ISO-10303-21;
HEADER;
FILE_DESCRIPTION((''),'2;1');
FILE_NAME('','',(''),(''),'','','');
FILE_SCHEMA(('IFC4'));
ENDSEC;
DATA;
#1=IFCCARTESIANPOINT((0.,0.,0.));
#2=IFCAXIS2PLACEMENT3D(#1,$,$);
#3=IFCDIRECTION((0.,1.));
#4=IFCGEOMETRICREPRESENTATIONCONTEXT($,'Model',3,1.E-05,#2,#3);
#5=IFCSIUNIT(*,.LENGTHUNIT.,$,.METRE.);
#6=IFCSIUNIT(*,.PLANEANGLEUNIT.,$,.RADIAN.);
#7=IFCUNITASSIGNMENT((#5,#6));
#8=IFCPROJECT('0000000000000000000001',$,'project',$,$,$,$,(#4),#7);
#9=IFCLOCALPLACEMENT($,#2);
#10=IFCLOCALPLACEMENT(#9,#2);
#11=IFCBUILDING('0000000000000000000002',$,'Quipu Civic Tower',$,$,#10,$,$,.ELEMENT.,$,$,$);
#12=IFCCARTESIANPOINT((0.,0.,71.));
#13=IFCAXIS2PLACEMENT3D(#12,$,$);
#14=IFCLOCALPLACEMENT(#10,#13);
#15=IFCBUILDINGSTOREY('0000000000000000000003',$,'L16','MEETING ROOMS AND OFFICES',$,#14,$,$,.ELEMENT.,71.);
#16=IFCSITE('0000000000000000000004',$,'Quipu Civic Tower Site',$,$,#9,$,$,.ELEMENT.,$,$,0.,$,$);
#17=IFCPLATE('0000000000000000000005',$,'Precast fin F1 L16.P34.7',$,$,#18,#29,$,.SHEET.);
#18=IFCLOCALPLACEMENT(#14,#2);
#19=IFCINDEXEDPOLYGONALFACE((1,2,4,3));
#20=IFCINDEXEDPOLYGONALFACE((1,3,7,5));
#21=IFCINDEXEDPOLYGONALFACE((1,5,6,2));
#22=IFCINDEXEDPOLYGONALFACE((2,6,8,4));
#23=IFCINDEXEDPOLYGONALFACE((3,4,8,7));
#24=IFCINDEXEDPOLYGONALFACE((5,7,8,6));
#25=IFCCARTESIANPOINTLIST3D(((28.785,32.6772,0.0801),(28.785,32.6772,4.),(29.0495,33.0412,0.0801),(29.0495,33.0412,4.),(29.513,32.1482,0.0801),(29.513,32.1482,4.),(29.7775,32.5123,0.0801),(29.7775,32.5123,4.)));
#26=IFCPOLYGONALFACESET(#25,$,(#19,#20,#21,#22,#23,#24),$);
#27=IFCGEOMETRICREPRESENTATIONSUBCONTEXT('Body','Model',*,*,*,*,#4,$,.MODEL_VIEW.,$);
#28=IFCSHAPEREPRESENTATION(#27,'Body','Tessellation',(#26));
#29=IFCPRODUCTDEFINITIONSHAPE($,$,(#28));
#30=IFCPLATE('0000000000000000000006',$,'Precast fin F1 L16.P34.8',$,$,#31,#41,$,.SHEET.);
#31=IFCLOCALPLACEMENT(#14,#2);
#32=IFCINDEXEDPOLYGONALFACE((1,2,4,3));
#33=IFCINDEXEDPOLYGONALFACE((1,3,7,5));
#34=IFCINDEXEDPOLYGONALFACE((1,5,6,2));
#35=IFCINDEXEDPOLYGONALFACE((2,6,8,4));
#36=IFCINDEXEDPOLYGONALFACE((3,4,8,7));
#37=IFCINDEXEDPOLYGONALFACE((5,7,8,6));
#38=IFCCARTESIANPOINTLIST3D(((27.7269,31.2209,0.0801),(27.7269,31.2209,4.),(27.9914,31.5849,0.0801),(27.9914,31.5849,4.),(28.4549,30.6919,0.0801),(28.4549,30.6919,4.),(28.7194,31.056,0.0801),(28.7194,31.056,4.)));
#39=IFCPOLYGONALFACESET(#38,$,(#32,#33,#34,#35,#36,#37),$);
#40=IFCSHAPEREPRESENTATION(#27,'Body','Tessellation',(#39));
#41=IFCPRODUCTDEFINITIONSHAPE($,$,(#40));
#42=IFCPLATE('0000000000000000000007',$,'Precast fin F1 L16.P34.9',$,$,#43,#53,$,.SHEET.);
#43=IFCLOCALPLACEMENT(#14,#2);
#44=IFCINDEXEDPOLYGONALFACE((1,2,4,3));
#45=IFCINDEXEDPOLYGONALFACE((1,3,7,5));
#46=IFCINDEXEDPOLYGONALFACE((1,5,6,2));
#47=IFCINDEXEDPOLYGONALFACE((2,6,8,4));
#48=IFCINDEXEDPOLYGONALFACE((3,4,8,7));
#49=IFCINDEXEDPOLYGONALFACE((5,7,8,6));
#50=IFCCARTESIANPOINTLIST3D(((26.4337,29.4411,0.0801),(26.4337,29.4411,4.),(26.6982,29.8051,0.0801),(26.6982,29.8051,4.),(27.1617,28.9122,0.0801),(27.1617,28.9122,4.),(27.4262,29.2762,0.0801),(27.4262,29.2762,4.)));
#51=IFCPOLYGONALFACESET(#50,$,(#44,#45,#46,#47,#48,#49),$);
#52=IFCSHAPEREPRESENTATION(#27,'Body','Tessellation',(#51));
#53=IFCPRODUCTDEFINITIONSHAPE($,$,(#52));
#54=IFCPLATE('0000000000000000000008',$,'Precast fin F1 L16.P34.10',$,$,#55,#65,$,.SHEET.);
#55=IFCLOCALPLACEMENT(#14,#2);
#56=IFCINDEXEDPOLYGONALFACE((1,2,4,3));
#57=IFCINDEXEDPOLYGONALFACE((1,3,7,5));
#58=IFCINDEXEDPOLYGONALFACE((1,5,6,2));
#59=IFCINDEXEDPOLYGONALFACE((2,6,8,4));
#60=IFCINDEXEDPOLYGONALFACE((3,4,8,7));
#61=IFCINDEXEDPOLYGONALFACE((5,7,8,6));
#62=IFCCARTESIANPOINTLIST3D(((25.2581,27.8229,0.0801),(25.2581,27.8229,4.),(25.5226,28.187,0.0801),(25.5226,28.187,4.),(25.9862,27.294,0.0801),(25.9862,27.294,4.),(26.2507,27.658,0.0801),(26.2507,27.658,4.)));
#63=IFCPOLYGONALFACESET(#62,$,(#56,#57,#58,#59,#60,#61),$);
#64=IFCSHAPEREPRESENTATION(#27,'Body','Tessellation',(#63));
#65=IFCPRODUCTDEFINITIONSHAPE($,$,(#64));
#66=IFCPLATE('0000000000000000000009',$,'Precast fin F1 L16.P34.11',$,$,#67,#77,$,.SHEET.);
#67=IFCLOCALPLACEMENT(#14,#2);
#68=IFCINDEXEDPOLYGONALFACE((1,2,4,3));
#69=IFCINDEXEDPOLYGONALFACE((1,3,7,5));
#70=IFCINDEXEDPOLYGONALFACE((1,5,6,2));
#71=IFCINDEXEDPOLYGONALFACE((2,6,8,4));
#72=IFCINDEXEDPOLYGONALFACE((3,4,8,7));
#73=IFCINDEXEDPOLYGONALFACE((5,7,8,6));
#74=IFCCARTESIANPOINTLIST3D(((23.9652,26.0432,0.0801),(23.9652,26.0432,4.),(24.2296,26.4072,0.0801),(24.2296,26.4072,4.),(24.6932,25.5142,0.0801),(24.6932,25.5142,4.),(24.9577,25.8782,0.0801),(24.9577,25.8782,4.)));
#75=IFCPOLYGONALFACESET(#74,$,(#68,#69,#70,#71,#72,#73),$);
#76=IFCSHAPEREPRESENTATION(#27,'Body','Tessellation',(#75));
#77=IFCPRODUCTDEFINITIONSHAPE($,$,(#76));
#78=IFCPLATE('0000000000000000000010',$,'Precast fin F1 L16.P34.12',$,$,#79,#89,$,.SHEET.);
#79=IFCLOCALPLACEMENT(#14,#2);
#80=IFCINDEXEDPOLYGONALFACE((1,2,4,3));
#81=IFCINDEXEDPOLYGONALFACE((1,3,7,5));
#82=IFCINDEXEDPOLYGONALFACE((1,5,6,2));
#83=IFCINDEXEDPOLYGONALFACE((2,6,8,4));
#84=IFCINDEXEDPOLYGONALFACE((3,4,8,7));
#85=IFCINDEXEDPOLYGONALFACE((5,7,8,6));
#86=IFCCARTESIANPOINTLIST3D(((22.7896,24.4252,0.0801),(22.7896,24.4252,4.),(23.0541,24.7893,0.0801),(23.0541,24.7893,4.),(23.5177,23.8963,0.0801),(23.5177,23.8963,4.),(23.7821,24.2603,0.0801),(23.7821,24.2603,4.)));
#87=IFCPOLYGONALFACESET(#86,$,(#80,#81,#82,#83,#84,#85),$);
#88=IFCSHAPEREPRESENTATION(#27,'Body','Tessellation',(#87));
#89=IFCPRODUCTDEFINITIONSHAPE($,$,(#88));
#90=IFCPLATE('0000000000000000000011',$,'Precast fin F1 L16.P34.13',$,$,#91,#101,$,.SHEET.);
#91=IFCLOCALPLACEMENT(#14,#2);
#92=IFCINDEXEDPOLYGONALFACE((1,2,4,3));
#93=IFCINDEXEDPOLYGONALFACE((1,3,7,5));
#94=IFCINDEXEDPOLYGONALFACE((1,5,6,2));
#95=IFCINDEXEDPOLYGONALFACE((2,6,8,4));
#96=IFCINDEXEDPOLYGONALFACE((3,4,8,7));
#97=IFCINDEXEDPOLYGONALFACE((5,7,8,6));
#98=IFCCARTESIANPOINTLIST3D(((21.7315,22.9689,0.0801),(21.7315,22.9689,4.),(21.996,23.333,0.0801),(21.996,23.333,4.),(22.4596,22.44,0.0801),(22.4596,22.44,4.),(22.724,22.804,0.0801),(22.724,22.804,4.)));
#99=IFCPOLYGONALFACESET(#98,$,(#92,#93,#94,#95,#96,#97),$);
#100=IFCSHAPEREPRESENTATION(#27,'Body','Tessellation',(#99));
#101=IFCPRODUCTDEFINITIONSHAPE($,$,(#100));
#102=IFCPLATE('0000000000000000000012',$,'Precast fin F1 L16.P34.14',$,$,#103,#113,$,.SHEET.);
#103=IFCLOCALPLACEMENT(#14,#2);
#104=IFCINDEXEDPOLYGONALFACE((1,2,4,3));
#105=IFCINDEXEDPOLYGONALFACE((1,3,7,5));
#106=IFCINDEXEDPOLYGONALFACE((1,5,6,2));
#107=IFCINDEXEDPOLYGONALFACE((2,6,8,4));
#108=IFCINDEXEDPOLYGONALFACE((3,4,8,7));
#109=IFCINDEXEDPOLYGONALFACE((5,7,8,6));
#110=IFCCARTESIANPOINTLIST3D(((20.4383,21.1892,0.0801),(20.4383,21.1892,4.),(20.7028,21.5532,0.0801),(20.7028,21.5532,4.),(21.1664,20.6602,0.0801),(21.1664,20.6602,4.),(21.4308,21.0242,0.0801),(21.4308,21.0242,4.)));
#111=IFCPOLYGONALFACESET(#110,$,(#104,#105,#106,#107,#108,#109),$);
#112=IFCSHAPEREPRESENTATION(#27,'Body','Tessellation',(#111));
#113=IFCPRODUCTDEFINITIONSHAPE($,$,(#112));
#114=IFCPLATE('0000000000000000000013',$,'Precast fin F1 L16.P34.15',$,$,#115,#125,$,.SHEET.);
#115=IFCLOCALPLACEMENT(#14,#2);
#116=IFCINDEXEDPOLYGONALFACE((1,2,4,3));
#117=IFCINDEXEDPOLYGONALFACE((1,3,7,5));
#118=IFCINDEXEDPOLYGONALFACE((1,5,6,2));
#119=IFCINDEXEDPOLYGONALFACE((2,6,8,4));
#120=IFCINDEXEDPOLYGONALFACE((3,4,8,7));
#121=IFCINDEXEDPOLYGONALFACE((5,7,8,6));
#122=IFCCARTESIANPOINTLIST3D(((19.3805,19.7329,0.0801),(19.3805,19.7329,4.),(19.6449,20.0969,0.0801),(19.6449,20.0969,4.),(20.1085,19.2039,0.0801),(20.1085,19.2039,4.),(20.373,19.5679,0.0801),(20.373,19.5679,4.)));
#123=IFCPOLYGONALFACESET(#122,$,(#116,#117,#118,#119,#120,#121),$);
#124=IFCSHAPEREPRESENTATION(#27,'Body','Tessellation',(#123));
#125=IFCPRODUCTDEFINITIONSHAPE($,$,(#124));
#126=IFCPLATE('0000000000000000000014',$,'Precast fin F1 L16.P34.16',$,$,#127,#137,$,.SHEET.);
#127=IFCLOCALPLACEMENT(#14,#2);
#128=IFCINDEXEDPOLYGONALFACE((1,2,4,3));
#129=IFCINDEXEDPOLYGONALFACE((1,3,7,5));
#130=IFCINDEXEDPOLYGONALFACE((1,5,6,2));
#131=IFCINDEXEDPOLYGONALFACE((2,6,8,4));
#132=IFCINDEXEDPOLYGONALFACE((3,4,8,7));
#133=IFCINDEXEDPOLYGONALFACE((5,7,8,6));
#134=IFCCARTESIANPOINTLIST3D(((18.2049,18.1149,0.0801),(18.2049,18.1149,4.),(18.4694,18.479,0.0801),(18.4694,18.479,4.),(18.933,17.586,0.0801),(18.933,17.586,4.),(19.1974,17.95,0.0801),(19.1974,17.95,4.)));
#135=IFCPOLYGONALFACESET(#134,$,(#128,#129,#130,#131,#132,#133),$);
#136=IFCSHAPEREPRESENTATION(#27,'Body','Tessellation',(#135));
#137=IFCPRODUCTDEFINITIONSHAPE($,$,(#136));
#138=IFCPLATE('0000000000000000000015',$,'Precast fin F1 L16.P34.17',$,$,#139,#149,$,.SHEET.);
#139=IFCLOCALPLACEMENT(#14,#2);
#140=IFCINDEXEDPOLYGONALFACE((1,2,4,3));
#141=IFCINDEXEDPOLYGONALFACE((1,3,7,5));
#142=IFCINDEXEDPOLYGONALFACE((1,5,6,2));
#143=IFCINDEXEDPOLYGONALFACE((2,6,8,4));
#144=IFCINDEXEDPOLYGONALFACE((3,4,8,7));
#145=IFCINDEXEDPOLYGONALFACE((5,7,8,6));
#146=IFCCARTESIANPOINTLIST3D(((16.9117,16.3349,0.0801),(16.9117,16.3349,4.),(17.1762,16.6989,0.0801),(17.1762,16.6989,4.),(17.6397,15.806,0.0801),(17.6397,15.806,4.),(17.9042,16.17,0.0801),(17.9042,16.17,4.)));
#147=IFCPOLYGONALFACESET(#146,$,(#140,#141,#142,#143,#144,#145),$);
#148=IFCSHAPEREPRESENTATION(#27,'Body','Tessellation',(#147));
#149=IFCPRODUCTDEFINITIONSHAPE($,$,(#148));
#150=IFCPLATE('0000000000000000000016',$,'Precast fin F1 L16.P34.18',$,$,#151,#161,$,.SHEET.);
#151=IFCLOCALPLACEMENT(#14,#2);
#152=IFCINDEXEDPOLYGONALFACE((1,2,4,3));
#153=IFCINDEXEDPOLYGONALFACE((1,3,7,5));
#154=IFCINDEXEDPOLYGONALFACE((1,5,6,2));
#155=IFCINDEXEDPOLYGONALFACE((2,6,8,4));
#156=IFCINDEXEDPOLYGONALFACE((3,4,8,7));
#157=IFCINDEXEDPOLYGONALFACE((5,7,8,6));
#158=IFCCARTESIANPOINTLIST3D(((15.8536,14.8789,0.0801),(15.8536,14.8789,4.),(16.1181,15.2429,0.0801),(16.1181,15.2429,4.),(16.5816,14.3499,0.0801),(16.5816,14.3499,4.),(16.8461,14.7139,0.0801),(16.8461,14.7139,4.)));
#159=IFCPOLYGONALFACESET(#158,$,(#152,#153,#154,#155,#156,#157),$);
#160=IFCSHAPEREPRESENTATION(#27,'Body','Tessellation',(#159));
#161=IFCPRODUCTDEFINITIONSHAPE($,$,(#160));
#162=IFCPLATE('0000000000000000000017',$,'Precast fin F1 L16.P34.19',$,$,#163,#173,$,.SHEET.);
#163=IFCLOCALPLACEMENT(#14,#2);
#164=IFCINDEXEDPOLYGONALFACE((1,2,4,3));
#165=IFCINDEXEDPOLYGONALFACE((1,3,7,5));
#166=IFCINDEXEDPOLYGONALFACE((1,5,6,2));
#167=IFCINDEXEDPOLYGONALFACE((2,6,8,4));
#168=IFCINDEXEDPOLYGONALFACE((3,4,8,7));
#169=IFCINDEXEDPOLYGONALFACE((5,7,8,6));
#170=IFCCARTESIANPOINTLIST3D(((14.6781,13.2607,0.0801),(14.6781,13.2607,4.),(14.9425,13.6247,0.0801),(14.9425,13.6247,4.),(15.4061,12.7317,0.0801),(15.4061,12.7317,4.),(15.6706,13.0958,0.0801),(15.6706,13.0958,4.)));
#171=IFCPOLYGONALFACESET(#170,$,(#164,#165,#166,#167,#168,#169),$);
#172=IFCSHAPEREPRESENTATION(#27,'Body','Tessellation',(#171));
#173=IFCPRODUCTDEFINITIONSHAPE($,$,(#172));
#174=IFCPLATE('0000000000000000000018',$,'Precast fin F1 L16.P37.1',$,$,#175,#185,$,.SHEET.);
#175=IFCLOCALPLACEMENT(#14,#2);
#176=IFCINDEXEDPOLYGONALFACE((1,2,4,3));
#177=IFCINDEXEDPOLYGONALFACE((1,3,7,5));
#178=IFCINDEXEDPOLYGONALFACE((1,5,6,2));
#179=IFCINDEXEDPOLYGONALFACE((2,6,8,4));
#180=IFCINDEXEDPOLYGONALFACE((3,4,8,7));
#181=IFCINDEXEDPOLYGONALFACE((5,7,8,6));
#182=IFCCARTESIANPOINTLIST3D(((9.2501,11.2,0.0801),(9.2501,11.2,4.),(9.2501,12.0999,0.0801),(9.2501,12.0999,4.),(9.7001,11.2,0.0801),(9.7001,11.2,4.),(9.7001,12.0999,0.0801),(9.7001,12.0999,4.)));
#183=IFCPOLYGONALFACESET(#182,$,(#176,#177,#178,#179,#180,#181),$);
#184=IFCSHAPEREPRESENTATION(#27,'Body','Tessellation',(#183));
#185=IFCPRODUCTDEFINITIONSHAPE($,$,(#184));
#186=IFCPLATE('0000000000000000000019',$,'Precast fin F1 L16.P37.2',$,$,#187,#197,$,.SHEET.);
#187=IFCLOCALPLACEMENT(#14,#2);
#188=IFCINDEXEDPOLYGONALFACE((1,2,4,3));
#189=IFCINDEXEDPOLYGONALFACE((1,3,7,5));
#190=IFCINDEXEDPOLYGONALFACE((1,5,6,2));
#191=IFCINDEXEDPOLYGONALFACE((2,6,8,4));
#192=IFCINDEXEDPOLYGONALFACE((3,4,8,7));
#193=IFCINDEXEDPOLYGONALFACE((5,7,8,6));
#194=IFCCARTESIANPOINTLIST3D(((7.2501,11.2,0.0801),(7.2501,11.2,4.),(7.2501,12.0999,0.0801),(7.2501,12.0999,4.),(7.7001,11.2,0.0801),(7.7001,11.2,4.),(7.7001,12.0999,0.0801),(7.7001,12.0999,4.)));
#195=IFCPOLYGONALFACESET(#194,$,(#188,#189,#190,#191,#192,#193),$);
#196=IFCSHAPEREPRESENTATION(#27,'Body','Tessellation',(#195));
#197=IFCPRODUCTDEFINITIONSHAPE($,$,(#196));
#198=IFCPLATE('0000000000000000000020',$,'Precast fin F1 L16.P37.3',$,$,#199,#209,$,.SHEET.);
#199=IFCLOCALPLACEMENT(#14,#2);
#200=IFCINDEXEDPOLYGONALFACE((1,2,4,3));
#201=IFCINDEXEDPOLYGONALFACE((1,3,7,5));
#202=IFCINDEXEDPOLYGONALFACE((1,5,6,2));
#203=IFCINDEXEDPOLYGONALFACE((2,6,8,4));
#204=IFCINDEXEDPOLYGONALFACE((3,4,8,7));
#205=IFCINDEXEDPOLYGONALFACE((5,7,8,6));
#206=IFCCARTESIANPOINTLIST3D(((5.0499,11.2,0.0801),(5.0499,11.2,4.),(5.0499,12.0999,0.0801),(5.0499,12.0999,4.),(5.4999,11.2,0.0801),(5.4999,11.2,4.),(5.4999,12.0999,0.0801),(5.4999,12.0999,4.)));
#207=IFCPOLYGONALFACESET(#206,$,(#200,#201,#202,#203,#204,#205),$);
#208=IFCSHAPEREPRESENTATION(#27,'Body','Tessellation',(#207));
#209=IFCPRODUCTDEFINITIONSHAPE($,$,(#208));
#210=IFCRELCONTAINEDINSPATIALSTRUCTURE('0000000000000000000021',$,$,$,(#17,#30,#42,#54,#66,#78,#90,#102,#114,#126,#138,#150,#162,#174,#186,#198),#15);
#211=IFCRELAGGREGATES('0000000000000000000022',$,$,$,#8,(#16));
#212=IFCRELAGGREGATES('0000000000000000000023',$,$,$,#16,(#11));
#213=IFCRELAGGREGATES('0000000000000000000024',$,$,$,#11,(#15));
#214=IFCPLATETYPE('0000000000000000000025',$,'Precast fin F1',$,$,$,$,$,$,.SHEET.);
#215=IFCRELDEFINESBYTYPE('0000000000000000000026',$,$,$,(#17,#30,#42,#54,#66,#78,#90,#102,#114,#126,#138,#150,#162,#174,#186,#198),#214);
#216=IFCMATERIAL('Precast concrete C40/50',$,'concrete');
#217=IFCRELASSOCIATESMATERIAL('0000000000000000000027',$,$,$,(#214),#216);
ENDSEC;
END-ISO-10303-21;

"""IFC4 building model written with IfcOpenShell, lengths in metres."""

from ifc_helpers import new_model, si_unit, direction, frame, origin, origin_2d, place, context, subcontext, project, spatial, rectangle, extrude, material, type_object, element, save


model = new_model("IFC4")

# Units and contexts
model_context = context("Model", 3, precision=1e-05, world=origin(), true_north=direction((0.0, 1.0)))
body_context = subcontext(model_context, "Body", "Model", "MODEL_VIEW")
ifc_project = project(units=[si_unit("LENGTHUNIT", "METRE"), si_unit("PLANEANGLEUNIT", "RADIAN")], contexts=[model_context])

# Site, building, storey
site_placement = place(None, origin())
site = spatial("IfcSite", under=ifc_project, at=site_placement, Name="Quipu Civic Tower Site", CompositionType="ELEMENT", RefElevation=0.0)
building_placement = place(site_placement, origin())
building = spatial("IfcBuilding", under=site, at=building_placement, Name="Quipu Civic Tower", CompositionType="ELEMENT")
storey_placement = place(building_placement, frame((0.0, 0.0, 71.0)))
storey = spatial("IfcBuildingStorey", under=building, at=storey_placement, Name="L16", Description="MEETING ROOMS AND OFFICES", CompositionType="ELEMENT", Elevation=71.0)

# Plates
ifc_material_1 = material(Name="Precast concrete C40/50", Category="concrete")
plate_type_1 = type_object("IfcPlateType", Name="Precast fin F1", PredefinedType="SHEET", material=ifc_material_1)
for number, where, z_axis, x_axis, name in (
    (1, (29.2812, 32.5947, 0.0801), (0.0, 0.0, 1.0), (-0.587785, -0.809017, 0.0), "Precast fin F1 L16.P34.7"),
    (2, (28.2231, 31.1384, 0.0801), (0.0, 0.0, 1.0), (-0.587785, -0.809017, 0.0), "Precast fin F1 L16.P34.8"),
    (3, (26.9299, 29.3586, 0.0801), (0.0, 0.0, 1.0), (-0.587785, -0.809017, 0.0), "Precast fin F1 L16.P34.9"),
    (4, (25.7544, 27.7405, 0.0801), (0.0, 0.0, 1.0), (-0.587785, -0.809017, 0.0), "Precast fin F1 L16.P34.10"),
    (5, (24.4614, 25.9607, 0.0801), (0.0, 0.0, 1.0), (-0.587785, -0.809017, 0.0), "Precast fin F1 L16.P34.11"),
    (6, (23.2859, 24.3428, 0.0801), (0.0, 0.0, 1.0), (-0.587785, -0.809017, 0.0), "Precast fin F1 L16.P34.12"),
    (7, (22.2278, 22.8865, 0.0801), (0.0, 0.0, 1.0), (-0.587785, -0.809017, 0.0), "Precast fin F1 L16.P34.13"),
    (8, (20.9346, 21.1067, 0.0801), (0.0, 0.0, 1.0), (-0.587785, -0.809017, 0.0), "Precast fin F1 L16.P34.14"),
    (9, (19.8767, 19.6504, 0.0801), (0.0, 0.0, 1.0), (-0.587785, -0.809017, 0.0), "Precast fin F1 L16.P34.15"),
    (10, (18.7012, 18.0325, 0.0801), (0.0, 0.0, 1.0), (-0.587785, -0.809017, 0.0), "Precast fin F1 L16.P34.16"),
    (11, (17.408, 16.2524, 0.0801), (0.0, 0.0, 1.0), (-0.587785, -0.809017, 0.0), "Precast fin F1 L16.P34.17"),
    (12, (16.3499, 14.7964, 0.0801), (0.0, 0.0, 1.0), (-0.587785, -0.809017, 0.0), "Precast fin F1 L16.P34.18"),
    (13, (15.1743, 13.1782, 0.0801), (0.0, 0.0, 1.0), (-0.587785, -0.809017, 0.0), "Precast fin F1 L16.P34.19"),
    (14, (9.4751, 11.6499, 0.0801), (0.0, 0.0, 1.0), (-1.0, 0.0, 0.0), "Precast fin F1 L16.P37.1"),
    (15, (7.4751, 11.6499, 0.0801), (0.0, 0.0, 1.0), (-1.0, 0.0, 0.0), "Precast fin F1 L16.P37.2"),
    (16, (5.2749, 11.6499, 0.0801), (0.0, 0.0, 1.0), (-1.0, 0.0, 0.0), "Precast fin F1 L16.P37.3"),
):
    element("IfcPlate", number, at=place(storey_placement, frame(where, z_axis=z_axis, x_axis=x_axis)), inside=storey, type_object=plate_type_1, Name=name, PredefinedType="SHEET", context=body_context, shape_type="SweptSolid", body=[
        extrude(rectangle(XDim=0.45, YDim=0.8999, at=origin_2d()), origin(), (0.0, 0.0, 1.0), 3.9199),
    ])

save(model, "model.ifc")
